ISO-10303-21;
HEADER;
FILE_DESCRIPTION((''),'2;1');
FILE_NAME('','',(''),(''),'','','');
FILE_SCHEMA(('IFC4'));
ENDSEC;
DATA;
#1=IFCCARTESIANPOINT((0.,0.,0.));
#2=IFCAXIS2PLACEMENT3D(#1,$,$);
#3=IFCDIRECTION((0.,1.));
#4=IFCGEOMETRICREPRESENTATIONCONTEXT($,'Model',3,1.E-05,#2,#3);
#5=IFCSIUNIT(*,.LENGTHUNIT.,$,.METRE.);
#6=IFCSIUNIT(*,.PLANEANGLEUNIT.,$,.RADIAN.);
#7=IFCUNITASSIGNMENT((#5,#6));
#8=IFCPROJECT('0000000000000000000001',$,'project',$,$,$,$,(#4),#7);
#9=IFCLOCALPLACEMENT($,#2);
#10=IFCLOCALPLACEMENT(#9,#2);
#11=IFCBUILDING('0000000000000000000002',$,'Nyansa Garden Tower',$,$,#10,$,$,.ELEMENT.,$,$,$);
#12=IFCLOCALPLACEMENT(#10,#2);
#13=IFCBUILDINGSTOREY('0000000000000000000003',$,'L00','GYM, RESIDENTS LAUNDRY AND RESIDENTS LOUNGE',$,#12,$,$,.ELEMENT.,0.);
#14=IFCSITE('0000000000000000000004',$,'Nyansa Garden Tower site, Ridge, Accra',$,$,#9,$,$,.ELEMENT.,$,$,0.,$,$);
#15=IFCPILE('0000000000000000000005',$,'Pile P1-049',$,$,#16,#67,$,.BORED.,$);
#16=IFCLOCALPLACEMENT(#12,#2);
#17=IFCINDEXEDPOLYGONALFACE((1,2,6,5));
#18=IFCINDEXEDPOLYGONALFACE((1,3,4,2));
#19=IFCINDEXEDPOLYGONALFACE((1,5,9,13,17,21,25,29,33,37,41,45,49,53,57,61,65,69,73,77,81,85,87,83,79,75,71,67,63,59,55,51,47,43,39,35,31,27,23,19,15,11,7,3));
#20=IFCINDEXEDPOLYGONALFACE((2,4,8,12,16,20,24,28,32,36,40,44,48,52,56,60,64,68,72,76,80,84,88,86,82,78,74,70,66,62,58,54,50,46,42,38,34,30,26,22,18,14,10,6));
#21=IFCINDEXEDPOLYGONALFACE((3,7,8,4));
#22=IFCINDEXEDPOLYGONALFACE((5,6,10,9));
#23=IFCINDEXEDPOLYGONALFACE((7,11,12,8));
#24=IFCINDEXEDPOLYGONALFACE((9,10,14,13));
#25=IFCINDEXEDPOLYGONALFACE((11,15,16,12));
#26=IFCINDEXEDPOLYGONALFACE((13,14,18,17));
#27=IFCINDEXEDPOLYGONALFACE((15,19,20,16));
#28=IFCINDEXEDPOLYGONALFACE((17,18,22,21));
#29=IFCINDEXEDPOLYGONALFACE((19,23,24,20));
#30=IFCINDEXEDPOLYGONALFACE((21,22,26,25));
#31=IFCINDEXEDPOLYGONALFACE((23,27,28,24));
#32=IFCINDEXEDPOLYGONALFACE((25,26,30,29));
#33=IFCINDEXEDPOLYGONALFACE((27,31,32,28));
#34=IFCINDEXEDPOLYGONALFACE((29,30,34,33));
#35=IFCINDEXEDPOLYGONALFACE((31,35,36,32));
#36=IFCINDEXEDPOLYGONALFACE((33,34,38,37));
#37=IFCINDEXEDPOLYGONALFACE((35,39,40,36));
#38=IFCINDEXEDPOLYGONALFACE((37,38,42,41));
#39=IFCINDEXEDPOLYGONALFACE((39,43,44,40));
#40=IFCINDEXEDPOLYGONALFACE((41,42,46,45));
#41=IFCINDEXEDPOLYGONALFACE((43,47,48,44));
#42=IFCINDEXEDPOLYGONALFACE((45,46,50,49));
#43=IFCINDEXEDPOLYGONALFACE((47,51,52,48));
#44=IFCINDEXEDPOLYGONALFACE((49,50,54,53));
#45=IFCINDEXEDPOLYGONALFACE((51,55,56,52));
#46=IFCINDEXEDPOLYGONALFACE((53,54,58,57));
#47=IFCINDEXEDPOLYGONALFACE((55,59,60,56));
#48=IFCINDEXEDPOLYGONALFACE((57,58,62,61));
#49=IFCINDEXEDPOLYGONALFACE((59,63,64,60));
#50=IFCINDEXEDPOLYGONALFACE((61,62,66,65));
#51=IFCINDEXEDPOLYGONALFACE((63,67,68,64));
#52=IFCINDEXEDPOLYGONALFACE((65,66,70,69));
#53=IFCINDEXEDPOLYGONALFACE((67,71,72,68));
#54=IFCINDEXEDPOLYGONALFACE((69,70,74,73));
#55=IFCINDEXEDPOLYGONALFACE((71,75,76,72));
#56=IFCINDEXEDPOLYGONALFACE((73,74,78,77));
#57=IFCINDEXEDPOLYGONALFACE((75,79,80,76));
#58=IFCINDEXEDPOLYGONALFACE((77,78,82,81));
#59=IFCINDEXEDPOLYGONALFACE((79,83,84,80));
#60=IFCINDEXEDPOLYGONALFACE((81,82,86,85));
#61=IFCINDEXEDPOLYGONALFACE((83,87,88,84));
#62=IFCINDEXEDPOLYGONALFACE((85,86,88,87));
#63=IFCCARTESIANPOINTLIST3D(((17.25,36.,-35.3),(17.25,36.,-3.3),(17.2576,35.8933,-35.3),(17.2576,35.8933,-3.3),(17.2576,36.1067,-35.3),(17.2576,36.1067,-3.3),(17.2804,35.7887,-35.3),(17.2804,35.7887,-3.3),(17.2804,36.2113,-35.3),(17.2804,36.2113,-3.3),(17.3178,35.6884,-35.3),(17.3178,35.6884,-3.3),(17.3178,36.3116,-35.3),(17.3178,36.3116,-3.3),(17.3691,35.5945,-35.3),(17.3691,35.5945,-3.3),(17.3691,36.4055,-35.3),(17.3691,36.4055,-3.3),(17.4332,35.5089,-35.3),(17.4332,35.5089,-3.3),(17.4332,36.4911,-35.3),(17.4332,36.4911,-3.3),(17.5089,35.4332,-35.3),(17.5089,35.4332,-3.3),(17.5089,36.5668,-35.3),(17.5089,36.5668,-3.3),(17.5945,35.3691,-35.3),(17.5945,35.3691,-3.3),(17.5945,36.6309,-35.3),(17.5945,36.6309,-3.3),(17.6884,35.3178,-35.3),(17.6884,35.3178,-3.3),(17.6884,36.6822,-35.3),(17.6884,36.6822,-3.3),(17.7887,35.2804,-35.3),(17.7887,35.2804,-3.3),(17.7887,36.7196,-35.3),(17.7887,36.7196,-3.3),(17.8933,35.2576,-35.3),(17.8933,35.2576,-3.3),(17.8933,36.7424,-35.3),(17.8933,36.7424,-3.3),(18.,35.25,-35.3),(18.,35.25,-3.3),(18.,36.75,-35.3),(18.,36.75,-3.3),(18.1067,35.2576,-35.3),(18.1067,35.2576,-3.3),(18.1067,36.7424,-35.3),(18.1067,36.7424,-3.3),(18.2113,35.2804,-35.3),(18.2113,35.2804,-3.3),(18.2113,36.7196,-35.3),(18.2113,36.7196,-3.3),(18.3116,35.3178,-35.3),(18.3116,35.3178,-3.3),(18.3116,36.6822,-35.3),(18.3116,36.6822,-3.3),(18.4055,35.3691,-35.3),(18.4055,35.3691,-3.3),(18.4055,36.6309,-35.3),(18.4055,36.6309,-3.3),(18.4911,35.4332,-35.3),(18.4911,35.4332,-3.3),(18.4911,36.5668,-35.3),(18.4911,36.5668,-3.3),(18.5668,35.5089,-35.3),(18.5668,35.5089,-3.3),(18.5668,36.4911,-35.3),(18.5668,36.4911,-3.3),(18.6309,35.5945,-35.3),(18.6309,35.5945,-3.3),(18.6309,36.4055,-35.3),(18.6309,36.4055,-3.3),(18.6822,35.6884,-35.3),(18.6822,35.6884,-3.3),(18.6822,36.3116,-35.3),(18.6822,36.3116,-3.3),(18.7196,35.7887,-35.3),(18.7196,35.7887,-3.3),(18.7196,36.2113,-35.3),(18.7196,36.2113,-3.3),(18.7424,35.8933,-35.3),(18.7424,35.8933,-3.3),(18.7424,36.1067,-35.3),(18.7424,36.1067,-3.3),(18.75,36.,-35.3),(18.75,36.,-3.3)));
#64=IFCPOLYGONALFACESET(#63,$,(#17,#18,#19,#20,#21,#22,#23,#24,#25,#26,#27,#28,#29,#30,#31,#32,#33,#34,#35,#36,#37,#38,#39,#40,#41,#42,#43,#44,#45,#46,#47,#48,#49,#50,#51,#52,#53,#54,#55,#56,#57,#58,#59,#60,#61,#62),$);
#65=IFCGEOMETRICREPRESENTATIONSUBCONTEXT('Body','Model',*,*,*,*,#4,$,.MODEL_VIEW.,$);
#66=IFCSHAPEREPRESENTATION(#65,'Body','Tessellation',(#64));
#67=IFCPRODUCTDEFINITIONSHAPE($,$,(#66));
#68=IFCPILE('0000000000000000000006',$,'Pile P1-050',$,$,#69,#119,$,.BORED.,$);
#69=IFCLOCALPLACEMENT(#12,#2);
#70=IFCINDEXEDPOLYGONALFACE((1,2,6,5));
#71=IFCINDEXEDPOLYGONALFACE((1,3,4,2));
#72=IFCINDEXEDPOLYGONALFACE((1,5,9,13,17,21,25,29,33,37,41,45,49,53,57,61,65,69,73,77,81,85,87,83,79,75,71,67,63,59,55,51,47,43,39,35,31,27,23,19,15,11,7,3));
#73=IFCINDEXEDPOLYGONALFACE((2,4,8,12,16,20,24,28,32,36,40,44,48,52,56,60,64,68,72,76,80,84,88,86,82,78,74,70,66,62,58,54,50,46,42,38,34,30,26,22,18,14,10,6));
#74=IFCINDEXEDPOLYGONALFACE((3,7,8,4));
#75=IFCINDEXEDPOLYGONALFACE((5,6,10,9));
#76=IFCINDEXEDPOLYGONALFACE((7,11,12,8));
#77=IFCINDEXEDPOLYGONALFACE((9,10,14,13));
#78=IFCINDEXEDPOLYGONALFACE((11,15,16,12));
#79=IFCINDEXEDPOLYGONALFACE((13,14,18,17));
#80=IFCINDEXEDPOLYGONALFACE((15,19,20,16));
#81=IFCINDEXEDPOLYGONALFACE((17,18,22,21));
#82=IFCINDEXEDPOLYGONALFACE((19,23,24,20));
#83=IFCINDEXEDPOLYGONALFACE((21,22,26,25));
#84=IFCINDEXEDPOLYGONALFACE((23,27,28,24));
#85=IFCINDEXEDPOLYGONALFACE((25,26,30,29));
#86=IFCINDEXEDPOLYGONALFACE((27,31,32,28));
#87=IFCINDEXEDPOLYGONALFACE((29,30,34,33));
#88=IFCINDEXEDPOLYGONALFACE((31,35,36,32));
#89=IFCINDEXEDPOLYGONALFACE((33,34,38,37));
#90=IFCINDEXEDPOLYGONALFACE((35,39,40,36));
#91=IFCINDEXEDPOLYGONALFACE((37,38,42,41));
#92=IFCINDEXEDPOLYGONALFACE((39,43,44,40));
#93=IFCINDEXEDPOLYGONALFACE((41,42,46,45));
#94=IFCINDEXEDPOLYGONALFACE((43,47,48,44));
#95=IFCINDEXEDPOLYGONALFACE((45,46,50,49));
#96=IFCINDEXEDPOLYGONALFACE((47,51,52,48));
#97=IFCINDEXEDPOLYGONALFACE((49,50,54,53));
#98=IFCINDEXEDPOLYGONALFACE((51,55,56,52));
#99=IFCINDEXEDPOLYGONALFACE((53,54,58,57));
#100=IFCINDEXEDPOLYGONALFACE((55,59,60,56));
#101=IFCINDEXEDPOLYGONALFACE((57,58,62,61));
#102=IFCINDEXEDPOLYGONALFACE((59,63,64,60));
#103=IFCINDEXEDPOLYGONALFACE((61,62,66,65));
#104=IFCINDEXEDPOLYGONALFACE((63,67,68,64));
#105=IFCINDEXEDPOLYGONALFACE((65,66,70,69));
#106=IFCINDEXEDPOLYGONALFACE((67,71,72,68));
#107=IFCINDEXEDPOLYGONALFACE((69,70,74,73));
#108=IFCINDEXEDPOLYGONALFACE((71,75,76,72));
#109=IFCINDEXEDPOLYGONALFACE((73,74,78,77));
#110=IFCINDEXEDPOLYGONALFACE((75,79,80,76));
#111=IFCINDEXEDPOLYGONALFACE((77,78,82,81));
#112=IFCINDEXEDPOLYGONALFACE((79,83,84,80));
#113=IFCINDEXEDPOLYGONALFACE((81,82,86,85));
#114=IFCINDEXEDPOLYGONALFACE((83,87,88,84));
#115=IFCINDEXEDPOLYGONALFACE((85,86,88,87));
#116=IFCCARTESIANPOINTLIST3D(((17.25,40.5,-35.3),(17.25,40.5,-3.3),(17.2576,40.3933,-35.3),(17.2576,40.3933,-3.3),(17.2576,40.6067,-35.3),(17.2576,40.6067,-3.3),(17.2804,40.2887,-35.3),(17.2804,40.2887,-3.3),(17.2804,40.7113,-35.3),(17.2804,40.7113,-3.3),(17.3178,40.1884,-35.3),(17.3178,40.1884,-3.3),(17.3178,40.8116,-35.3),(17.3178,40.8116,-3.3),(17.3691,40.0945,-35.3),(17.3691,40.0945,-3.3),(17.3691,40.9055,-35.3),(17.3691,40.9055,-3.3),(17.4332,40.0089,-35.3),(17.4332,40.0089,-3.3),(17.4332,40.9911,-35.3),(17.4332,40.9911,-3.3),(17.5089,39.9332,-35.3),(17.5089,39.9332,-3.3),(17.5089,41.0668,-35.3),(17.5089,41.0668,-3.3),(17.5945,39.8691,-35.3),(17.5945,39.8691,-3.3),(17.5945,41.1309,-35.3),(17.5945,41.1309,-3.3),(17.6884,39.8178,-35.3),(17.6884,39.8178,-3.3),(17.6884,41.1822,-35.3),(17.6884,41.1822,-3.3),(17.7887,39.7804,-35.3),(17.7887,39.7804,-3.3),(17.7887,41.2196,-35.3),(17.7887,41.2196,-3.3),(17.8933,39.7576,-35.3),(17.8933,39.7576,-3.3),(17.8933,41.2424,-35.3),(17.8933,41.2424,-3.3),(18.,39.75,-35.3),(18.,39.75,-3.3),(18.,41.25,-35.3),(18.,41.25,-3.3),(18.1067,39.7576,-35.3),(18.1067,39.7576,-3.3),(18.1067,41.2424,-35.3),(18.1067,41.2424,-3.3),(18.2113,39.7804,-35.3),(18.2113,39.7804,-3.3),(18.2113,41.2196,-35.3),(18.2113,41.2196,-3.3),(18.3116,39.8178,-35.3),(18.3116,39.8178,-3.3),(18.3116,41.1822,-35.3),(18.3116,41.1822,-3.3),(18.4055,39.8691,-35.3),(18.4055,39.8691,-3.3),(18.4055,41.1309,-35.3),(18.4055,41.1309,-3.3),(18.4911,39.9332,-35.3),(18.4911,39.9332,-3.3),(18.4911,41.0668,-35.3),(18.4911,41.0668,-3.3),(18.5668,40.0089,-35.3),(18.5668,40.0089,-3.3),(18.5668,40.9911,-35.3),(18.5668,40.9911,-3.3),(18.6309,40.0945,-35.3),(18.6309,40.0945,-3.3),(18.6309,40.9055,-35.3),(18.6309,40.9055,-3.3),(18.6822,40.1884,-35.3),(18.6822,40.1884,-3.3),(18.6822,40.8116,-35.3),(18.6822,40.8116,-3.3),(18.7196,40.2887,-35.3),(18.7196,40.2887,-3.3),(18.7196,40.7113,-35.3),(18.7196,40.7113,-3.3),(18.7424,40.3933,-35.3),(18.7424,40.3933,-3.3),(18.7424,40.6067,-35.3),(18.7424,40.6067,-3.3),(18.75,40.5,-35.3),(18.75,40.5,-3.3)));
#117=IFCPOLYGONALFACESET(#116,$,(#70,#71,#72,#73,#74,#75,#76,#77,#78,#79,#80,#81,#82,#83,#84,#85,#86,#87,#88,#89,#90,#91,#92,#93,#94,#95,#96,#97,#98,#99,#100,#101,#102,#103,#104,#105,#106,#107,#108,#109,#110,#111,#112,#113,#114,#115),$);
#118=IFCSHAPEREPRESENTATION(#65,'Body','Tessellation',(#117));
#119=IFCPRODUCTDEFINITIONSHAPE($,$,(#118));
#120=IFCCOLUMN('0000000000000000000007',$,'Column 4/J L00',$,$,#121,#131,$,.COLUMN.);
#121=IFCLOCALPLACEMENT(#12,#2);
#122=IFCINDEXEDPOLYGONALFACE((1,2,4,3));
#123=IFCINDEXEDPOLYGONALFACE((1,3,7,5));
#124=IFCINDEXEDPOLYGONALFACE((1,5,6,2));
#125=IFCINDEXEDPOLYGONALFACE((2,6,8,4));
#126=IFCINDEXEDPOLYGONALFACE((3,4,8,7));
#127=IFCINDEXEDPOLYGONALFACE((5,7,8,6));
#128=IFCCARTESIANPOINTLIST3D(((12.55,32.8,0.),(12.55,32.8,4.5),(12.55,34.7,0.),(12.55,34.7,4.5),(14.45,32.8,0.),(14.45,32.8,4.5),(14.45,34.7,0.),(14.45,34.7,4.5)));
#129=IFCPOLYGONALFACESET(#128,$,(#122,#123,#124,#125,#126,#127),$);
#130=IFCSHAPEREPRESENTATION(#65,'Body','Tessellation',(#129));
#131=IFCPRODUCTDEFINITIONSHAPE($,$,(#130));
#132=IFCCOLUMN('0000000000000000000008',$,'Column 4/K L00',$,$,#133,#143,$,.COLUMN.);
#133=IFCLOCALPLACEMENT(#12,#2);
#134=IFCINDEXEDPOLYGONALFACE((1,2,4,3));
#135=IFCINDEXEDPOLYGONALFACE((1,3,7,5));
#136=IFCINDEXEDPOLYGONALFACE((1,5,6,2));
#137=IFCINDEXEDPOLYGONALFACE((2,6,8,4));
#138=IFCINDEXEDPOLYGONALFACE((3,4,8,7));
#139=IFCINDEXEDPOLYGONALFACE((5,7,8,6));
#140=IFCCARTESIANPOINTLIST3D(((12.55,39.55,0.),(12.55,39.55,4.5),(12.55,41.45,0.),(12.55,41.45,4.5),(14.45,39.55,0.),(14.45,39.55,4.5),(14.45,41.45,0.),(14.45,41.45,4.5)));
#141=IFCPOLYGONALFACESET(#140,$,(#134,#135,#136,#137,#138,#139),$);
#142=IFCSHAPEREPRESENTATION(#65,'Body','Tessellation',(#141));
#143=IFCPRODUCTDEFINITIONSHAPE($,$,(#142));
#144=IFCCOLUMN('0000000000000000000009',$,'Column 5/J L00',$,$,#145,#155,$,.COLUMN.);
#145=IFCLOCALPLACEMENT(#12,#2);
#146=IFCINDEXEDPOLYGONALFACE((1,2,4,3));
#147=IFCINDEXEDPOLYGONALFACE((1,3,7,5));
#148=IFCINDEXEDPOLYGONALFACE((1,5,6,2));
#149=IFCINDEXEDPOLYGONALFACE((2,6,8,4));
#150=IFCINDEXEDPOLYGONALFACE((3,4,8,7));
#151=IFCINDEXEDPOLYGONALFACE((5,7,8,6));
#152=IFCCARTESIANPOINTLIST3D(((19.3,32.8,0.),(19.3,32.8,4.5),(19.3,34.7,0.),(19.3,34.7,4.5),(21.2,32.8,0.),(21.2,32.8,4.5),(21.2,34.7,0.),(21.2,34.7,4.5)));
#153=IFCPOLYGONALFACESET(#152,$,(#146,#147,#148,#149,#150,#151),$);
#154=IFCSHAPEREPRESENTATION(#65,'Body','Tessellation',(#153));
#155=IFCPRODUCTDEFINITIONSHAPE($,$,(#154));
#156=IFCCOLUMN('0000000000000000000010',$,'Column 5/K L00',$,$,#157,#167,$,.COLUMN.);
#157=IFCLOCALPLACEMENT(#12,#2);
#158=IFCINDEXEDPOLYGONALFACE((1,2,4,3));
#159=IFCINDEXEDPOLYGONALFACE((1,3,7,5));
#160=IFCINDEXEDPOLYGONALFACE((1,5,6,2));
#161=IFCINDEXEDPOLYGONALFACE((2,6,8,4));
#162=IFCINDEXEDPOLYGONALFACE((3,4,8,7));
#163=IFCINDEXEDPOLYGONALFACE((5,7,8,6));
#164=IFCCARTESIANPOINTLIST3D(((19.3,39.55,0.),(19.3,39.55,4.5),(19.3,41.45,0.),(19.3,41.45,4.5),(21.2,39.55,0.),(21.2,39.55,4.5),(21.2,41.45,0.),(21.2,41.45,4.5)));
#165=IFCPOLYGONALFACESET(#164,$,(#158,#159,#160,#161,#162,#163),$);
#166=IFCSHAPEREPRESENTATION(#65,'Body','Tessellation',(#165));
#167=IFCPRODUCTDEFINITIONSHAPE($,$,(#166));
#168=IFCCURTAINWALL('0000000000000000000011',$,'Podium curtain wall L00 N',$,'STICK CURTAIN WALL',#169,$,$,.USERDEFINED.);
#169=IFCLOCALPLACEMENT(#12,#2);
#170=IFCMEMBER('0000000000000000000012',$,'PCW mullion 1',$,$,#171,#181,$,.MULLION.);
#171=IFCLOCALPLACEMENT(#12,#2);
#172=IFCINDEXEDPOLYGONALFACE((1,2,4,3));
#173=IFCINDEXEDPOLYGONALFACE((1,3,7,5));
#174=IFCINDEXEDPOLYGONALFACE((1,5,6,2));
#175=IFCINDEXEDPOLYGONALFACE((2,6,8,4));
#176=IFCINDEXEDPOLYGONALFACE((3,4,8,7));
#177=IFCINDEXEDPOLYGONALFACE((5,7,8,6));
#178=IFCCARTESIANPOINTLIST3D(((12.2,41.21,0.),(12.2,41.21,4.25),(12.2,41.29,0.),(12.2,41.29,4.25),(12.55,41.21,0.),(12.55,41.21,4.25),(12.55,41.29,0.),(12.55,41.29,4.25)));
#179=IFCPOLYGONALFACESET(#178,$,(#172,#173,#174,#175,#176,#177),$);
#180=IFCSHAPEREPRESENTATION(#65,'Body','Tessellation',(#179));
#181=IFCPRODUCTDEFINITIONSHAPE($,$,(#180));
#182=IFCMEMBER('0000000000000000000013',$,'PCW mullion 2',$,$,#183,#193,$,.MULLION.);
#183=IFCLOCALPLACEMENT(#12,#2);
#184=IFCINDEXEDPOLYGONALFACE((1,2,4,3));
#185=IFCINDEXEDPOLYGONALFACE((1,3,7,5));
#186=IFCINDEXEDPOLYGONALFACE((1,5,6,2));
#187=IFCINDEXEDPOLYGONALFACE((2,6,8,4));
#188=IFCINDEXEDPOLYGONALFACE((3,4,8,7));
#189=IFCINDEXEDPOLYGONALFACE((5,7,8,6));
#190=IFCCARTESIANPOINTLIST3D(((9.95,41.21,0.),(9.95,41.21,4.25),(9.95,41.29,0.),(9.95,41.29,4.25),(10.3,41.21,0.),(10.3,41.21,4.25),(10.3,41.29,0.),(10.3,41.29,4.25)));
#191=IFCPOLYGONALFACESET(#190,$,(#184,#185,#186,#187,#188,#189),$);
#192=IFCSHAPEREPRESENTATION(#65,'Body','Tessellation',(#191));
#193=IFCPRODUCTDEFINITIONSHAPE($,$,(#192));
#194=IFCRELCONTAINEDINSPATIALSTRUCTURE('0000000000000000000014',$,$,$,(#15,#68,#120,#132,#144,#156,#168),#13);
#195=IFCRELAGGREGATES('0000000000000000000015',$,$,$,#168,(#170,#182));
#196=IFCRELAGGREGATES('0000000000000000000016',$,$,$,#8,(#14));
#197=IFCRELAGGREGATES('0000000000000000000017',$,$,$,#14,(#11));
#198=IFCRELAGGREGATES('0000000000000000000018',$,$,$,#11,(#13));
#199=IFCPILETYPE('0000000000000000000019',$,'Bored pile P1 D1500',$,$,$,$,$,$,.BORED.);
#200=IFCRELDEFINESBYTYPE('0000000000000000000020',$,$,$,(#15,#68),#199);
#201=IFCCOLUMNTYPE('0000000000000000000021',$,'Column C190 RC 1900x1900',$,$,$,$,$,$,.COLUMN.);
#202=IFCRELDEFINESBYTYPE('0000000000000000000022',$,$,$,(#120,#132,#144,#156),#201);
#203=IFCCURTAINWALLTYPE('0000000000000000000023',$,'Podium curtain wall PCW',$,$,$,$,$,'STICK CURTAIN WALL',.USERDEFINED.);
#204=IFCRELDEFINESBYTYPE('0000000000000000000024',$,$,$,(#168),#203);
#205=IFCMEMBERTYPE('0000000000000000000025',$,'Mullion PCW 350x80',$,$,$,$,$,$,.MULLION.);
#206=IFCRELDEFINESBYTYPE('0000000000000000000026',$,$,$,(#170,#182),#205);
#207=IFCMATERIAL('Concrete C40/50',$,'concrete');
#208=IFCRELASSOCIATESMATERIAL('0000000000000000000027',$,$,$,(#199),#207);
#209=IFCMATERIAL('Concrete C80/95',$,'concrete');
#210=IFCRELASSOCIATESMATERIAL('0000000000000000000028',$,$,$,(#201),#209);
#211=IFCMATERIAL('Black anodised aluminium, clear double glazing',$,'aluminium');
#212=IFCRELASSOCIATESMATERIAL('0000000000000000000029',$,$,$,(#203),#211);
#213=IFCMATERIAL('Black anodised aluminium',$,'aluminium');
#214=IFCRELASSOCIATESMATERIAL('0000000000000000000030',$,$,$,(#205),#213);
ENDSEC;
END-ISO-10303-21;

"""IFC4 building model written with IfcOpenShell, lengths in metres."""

from ifc_helpers import new_model, si_unit, direction, frame, origin, origin_2d, place, context, subcontext, project, spatial, rectangle, circle, extrude, material, material_profile, profile_set, type_object, element, aggregate, save


model = new_model("IFC4")

# Units and contexts
model_context = context("Model", 3, precision=1e-05, world=origin(), true_north=direction((0.0, 1.0)))
body_context = subcontext(model_context, "Body", "Model", "MODEL_VIEW")
ifc_project = project(units=[si_unit("LENGTHUNIT", "METRE"), si_unit("PLANEANGLEUNIT", "RADIAN")], contexts=[model_context])

# Site, building, storey
site_placement = place(None, origin())
site = spatial("IfcSite", under=ifc_project, at=site_placement, Name="Nyansa Garden Tower site, Ridge, Accra", CompositionType="ELEMENT", RefElevation=0.0)
building_placement = place(site_placement, origin())
building = spatial("IfcBuilding", under=site, at=building_placement, Name="Nyansa Garden Tower", CompositionType="ELEMENT")
storey_placement = place(building_placement, origin())
storey = spatial("IfcBuildingStorey", under=building, at=storey_placement, Name="L00", Description="GYM, RESIDENTS LAUNDRY AND RESIDENTS LOUNGE", CompositionType="ELEMENT", Elevation=0.0)

# Piles
ifc_material_1 = material(Name="Concrete C40/50", Category="concrete")
pile_type = type_object("IfcPileType", Name="Bored pile P1 D1500", PredefinedType="BORED", material=ifc_material_1)
for number, where, z_axis, x_axis, name in (
    (1, (18.0, 36.0, -3.3), (0.0, 0.0, -1.0), (1.0, 0.0, 0.0), "Pile P1-049"),
    (2, (18.0, 40.5, -3.3), (0.0, 0.0, -1.0), (1.0, 0.0, 0.0), "Pile P1-050"),
):
    element("IfcPile", number, at=place(storey_placement, frame(where, z_axis=z_axis, x_axis=x_axis)), inside=storey, type_object=pile_type, Name=name, PredefinedType="BORED", context=body_context, shape_type="SweptSolid", body=[
        extrude(circle(Radius=0.75, at=origin_2d()), origin(), (0.0, 0.0, 1.0), 32.0),
    ])

# Columns
ifc_material_2 = material(Name="Concrete C80/95", Category="concrete")
ifc_material_profile_1 = material_profile(ifc_material_2, rectangle(XDim=1.8999, YDim=1.8999, at=origin_2d()), Name="RC 1900x1900")
ifc_profile_set_1 = profile_set([ifc_material_profile_1], Name="Concrete C80/95")
column_type = type_object("IfcColumnType", Name="Column C190 RC 1900x1900", PredefinedType="COLUMN", material=ifc_profile_set_1)
for number, where, z_axis, x_axis, name in (
    (3, (13.5, 33.75, 0.0), (0.0, 0.0, 1.0), (1.0, 0.0, 0.0), "Column 4/J L00"),
    (4, (13.5, 40.5, 0.0), (0.0, 0.0, 1.0), (1.0, 0.0, 0.0), "Column 4/K L00"),
    (5, (20.25, 33.75, 0.0), (0.0, 0.0, 1.0), (1.0, 0.0, 0.0), "Column 5/J L00"),
    (6, (20.25, 40.5, 0.0), (0.0, 0.0, 1.0), (1.0, 0.0, 0.0), "Column 5/K L00"),
):
    element("IfcColumn", number, at=place(storey_placement, frame(where, z_axis=z_axis, x_axis=x_axis)), inside=storey, type_object=column_type, Name=name, PredefinedType="COLUMN", context=body_context, shape_type="SweptSolid", body=[
        extrude(rectangle(XDim=1.8999, YDim=1.8999, at=origin_2d()), origin(), (0.0, 0.0, 1.0), 4.5),
    ])

# Curtain wall, members
ifc_material_3 = material(Name="Black anodised aluminium, clear double glazing", Category="aluminium")
curtain_wall_type = type_object("IfcCurtainWallType", Name="Podium curtain wall PCW", ElementType="STICK CURTAIN WALL", PredefinedType="USERDEFINED", material=ifc_material_3)
curtain_wall_placement = place(storey_placement, origin())
curtain_wall = element("IfcCurtainWall", 7, at=curtain_wall_placement, inside=storey, type_object=curtain_wall_type, Name="Podium curtain wall L00 N", ObjectType="STICK CURTAIN WALL", PredefinedType="USERDEFINED")
ifc_material_4 = material(Name="Black anodised aluminium", Category="aluminium")
ifc_material_profile_2 = material_profile(ifc_material_4, rectangle(XDim=0.0801, YDim=0.3501, at=origin_2d()), Name="Mullion 350x80")
ifc_profile_set_2 = profile_set([ifc_material_profile_2], Name="Black anodised aluminium")
member_type_1 = type_object("IfcMemberType", Name="Mullion PCW 350x80", PredefinedType="MULLION", material=ifc_profile_set_2)
member_1_placement = place(storey_placement, frame((12.375, 41.25, 0.0), z_axis=(0.0, 0.0, 1.0), x_axis=(0.0, -1.0, 0.0)))
member_1 = element("IfcMember", 8, at=member_1_placement, type_object=member_type_1, Name="PCW mullion 1", PredefinedType="MULLION", context=body_context, shape_type="SweptSolid", body=[
    extrude(rectangle(XDim=0.0801, YDim=0.3501, at=origin_2d()), origin(), (0.0, 0.0, 1.0), 4.25),
])
member_2_placement = place(storey_placement, frame((10.125, 41.25, 0.0), z_axis=(0.0, 0.0, 1.0), x_axis=(0.0, -1.0, 0.0)))
member_2 = element("IfcMember", 9, at=member_2_placement, type_object=member_type_1, Name="PCW mullion 2", PredefinedType="MULLION", context=body_context, shape_type="SweptSolid", body=[
    extrude(rectangle(XDim=0.0801, YDim=0.3501, at=origin_2d()), origin(), (0.0, 0.0, 1.0), 4.25),
])

aggregate(curtain_wall, [member_1, member_2])

save(model, "model.ifc")
